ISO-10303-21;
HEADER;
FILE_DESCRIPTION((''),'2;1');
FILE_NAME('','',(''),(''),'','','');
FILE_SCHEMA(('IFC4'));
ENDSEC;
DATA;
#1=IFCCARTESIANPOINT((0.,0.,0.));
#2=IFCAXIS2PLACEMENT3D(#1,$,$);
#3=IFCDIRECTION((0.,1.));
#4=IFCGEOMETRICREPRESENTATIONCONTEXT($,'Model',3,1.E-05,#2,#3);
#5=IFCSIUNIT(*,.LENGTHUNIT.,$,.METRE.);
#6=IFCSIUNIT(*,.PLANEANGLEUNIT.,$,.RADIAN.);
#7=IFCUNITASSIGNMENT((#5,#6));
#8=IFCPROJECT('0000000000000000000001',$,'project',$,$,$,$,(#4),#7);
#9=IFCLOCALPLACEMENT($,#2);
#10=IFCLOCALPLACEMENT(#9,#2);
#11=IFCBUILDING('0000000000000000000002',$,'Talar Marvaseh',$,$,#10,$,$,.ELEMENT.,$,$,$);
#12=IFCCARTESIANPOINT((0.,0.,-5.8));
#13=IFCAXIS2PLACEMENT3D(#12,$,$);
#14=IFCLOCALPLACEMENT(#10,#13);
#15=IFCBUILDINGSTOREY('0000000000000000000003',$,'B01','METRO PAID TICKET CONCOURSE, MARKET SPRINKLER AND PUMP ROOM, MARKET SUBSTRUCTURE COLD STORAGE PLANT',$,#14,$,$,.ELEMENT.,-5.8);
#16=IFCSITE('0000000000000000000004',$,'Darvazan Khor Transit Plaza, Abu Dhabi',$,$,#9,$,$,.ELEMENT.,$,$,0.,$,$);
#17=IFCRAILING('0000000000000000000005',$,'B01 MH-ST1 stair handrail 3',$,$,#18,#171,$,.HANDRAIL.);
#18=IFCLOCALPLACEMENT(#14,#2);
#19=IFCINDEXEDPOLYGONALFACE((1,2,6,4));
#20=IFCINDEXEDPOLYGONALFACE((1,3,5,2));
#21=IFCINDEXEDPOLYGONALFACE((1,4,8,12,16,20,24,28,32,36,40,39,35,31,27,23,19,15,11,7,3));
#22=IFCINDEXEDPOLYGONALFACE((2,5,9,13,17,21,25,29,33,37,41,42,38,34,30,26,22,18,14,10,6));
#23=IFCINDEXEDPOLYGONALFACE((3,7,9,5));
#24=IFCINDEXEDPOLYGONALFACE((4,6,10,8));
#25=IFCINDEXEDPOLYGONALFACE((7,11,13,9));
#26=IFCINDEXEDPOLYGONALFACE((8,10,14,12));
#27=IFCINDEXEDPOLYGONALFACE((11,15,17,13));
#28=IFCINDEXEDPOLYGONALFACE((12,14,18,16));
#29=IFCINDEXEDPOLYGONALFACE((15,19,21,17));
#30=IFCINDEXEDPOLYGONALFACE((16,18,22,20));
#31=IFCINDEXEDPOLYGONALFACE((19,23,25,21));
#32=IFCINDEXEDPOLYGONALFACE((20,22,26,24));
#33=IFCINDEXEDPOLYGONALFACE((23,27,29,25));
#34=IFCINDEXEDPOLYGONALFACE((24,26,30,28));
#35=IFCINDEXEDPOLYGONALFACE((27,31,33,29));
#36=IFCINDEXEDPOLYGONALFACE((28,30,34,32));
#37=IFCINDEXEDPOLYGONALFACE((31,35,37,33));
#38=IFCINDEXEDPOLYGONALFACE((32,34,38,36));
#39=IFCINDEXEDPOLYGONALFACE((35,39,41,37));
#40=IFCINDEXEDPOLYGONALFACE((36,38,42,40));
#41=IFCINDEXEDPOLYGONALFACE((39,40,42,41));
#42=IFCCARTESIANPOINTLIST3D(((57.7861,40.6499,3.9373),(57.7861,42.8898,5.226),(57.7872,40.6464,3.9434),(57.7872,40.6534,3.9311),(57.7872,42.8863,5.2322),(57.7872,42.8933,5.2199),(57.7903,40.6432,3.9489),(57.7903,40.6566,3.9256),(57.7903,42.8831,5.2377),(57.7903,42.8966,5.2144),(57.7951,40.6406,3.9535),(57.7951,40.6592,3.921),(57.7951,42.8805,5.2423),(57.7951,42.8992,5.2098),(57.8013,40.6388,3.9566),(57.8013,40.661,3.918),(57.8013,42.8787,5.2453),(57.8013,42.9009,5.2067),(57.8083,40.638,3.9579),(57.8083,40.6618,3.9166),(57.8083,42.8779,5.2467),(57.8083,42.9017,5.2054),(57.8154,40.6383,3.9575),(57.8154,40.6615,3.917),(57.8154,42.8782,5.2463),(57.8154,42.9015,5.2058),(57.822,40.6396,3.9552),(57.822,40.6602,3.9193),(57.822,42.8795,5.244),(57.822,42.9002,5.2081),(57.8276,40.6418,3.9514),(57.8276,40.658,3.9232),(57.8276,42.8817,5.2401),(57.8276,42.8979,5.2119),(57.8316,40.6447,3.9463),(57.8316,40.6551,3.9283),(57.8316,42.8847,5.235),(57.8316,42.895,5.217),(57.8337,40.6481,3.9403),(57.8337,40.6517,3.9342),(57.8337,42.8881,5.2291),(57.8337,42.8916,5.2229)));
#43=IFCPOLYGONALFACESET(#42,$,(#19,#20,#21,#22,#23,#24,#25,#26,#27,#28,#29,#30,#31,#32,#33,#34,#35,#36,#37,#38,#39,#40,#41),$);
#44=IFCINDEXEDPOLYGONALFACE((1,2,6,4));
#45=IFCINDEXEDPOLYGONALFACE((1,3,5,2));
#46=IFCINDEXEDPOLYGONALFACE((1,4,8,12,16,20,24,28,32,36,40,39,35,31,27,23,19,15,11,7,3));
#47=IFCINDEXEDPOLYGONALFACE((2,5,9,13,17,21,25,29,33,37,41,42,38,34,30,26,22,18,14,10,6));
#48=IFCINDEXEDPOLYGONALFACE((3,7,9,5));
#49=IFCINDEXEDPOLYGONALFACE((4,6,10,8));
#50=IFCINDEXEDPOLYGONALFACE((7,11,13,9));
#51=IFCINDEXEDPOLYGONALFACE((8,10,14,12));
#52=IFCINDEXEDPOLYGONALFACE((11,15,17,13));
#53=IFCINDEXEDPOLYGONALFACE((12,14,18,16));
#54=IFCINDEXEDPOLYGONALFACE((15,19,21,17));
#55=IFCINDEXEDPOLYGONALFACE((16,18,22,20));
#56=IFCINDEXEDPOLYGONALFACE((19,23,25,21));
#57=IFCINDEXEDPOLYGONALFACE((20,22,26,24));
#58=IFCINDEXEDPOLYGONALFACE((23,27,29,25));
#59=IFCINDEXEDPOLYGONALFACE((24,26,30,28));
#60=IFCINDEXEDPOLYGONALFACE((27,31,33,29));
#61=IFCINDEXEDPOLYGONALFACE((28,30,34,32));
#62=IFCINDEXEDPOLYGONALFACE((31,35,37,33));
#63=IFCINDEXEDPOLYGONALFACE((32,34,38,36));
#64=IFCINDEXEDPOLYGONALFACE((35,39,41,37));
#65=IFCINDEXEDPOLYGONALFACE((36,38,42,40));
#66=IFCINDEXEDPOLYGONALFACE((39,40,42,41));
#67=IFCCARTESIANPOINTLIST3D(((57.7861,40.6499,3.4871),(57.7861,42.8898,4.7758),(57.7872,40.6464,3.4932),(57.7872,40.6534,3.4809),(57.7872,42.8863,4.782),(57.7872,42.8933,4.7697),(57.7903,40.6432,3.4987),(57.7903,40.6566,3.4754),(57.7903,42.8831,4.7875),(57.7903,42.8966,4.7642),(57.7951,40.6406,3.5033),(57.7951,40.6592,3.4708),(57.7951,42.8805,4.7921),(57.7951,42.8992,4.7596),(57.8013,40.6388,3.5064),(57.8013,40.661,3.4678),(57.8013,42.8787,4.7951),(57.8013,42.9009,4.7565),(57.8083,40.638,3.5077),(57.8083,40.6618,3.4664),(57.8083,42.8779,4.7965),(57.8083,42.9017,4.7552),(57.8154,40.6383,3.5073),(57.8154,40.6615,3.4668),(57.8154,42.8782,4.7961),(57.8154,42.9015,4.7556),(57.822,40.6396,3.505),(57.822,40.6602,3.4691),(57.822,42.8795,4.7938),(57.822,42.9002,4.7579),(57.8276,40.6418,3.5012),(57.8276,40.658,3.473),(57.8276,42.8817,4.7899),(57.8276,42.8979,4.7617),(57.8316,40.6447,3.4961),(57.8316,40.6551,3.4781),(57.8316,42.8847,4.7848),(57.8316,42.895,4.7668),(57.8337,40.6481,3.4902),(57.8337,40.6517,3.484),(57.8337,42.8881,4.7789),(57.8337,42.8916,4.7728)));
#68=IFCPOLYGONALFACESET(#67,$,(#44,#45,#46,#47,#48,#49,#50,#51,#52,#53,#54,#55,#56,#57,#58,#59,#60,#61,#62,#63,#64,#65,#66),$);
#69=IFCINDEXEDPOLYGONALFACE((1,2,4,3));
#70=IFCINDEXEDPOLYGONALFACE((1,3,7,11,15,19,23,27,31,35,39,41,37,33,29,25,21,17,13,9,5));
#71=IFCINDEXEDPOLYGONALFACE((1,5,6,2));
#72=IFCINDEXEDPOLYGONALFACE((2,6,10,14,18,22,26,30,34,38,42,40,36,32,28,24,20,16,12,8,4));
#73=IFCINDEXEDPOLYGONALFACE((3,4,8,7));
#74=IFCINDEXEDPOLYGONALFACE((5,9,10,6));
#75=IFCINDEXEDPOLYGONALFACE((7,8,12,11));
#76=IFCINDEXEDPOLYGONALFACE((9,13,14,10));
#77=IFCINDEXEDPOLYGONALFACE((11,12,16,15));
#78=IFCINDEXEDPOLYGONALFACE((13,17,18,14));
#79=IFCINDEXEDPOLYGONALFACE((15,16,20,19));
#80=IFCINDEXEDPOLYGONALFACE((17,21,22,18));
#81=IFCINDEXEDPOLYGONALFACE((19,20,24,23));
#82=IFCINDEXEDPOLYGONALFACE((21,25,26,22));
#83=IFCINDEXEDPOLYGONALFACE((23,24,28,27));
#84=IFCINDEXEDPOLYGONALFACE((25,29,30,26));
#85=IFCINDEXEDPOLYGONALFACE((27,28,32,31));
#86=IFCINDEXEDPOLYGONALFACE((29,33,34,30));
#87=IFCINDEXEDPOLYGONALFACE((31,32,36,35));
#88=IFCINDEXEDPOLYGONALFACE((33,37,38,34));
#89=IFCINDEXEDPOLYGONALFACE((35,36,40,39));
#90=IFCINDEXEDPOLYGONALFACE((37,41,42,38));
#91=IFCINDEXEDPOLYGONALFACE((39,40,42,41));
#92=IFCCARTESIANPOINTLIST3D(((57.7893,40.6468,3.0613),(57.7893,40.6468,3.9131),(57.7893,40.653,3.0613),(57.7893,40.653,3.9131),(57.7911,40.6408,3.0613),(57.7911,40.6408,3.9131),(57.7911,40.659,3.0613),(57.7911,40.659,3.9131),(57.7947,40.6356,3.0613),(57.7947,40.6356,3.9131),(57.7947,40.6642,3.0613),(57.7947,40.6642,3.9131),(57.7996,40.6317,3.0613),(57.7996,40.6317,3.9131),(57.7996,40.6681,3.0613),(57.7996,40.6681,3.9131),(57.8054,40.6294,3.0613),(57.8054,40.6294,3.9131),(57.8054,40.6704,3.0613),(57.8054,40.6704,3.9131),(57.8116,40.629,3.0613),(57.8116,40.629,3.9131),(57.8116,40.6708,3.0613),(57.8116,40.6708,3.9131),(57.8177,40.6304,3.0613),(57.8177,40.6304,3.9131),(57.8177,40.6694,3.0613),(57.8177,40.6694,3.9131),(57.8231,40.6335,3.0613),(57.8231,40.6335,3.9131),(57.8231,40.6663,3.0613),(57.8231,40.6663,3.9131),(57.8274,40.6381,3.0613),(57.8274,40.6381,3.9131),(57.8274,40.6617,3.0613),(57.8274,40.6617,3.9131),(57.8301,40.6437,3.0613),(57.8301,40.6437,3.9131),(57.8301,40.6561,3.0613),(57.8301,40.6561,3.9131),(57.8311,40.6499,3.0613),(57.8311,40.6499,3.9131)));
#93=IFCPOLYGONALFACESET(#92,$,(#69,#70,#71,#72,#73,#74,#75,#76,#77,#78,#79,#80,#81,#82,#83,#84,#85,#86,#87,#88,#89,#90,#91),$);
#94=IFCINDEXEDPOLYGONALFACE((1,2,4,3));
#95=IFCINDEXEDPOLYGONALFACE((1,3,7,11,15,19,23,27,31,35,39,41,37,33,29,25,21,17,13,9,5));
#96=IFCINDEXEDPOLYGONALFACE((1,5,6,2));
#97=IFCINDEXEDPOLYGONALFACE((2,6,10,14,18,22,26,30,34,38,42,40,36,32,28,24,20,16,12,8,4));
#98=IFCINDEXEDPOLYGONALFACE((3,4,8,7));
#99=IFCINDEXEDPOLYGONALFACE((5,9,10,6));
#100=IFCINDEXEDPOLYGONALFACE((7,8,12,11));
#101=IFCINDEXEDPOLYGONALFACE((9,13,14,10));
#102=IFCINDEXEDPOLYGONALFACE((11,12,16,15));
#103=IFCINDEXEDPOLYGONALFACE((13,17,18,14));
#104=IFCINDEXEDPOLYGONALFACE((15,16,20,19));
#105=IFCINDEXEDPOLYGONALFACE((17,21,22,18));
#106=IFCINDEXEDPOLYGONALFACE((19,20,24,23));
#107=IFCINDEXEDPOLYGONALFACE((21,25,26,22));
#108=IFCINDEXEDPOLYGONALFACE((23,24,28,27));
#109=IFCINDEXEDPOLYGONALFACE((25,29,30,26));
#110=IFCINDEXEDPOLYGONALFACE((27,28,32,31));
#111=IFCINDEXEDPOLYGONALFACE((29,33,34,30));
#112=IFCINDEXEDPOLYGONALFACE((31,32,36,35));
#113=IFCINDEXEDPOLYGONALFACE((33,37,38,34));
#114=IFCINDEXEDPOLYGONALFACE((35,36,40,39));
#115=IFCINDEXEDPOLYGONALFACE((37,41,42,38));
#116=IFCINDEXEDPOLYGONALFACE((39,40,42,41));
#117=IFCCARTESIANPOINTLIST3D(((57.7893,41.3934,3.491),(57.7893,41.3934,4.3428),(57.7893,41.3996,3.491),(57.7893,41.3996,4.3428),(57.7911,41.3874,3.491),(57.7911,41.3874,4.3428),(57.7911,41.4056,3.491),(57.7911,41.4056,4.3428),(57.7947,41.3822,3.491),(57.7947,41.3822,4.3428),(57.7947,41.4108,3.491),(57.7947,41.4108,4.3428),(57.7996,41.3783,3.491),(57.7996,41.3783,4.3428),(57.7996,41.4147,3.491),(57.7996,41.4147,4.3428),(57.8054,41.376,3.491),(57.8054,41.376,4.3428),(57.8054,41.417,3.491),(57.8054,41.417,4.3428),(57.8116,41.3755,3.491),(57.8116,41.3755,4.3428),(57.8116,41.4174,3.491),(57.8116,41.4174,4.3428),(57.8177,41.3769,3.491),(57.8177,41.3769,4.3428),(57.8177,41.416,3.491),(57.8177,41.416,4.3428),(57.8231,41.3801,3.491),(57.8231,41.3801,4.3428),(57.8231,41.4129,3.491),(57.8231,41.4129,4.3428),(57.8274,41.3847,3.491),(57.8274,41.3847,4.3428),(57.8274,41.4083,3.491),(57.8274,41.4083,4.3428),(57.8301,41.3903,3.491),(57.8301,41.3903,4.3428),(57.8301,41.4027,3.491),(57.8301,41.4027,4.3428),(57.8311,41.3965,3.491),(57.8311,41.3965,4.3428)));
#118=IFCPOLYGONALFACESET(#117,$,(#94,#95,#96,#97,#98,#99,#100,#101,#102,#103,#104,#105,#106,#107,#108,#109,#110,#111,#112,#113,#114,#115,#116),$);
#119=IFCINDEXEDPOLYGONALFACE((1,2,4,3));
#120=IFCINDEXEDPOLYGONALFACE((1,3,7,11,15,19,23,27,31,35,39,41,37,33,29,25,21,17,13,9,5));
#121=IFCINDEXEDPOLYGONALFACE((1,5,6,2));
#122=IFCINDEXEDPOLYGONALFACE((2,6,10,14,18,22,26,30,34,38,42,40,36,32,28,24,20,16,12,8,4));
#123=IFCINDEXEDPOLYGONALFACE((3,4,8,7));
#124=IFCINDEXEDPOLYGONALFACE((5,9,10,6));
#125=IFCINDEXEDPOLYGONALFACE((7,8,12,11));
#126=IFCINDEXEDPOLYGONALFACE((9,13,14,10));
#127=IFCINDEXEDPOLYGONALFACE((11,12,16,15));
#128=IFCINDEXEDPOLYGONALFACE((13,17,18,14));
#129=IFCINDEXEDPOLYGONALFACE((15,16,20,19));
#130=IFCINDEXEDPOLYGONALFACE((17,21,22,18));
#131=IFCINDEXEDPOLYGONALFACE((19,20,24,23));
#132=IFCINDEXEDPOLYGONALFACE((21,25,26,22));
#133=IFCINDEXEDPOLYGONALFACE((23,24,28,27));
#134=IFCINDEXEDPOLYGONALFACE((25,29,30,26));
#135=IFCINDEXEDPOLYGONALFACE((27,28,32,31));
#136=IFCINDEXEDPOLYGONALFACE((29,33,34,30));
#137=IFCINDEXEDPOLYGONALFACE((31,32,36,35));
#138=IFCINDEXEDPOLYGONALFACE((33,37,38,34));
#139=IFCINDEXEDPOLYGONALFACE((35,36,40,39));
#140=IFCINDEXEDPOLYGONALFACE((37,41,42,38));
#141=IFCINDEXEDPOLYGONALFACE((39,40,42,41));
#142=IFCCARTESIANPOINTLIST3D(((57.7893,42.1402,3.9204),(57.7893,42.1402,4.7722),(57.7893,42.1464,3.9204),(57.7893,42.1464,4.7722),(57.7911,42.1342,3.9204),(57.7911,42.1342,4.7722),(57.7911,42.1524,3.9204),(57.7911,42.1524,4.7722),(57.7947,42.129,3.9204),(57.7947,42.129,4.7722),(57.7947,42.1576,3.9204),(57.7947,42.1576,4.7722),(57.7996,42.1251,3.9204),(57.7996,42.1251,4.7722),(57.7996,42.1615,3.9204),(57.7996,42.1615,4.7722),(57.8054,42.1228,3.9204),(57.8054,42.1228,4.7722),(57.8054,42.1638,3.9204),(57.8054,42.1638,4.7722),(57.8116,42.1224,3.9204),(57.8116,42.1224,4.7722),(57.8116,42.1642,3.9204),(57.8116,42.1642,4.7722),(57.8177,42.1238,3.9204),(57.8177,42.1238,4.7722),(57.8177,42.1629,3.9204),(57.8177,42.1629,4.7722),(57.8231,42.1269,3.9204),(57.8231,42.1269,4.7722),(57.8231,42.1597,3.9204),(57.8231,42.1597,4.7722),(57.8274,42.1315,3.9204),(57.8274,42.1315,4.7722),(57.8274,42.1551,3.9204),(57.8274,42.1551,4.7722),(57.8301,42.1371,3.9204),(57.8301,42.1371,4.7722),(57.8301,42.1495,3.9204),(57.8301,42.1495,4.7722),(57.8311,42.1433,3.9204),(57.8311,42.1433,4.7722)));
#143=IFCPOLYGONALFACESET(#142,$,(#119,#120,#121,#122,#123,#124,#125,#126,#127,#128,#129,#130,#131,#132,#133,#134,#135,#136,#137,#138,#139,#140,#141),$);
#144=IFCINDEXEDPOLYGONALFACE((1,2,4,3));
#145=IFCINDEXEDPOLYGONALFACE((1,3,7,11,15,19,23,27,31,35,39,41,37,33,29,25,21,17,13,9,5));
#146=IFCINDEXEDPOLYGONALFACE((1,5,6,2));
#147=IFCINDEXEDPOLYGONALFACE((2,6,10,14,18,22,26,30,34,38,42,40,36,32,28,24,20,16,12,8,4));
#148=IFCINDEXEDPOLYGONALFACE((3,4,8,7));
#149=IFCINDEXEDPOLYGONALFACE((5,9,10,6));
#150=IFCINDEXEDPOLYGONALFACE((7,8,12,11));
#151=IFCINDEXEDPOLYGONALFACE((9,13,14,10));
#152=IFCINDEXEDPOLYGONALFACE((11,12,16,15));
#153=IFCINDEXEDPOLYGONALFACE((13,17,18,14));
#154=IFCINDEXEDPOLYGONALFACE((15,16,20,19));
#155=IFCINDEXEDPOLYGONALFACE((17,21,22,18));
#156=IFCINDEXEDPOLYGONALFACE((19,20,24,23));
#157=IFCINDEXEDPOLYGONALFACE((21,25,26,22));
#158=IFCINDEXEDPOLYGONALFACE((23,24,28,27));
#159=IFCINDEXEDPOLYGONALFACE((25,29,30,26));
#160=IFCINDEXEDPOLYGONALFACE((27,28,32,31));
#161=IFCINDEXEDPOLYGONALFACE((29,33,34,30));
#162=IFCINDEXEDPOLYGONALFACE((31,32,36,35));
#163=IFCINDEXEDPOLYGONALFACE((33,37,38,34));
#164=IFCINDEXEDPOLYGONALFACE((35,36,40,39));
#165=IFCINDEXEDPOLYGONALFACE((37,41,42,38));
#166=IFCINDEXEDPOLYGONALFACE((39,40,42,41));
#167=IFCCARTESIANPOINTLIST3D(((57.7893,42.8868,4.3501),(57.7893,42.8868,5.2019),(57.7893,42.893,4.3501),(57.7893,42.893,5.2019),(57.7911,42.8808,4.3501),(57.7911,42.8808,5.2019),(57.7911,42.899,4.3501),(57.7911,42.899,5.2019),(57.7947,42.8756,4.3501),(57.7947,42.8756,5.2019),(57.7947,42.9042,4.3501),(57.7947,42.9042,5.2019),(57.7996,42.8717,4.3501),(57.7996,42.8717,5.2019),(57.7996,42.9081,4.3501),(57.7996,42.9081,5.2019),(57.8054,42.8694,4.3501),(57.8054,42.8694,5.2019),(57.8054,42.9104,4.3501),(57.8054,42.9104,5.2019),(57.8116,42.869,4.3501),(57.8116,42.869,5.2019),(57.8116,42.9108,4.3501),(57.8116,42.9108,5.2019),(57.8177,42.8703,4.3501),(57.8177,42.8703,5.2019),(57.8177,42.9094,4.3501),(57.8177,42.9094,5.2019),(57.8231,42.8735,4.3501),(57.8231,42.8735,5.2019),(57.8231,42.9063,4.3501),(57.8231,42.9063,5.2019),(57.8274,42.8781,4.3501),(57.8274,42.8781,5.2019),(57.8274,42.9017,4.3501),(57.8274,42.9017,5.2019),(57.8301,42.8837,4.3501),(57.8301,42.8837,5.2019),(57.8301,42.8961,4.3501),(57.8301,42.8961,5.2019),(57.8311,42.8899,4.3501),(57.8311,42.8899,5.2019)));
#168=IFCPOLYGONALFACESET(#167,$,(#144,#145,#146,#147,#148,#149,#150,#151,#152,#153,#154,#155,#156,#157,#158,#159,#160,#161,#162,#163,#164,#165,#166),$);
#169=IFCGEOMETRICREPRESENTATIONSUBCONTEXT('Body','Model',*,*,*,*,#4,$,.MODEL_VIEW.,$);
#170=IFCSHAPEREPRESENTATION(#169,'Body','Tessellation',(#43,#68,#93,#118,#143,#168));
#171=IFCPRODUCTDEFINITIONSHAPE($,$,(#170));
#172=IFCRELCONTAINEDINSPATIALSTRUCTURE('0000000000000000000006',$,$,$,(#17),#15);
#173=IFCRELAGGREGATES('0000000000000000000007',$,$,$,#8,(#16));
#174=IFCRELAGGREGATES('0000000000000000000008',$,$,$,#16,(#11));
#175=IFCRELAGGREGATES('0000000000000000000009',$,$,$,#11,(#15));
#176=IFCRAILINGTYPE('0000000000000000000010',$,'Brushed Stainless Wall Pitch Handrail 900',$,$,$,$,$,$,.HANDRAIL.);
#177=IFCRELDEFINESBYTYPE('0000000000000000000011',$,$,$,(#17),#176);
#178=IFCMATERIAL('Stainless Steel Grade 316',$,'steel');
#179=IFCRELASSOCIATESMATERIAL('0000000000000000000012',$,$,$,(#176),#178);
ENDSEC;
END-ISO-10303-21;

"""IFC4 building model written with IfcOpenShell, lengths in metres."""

from ifc_helpers import new_model, si_unit, direction, frame, origin, origin_2d, place, context, subcontext, project, spatial, circle, extrude, material, type_object, element, save


model = new_model("IFC4")

# Units and contexts
model_context = context("Model", 3, precision=1e-05, world=origin(), true_north=direction((0.0, 1.0)))
body_context = subcontext(model_context, "Body", "Model", "MODEL_VIEW")
ifc_project = project(units=[si_unit("LENGTHUNIT", "METRE"), si_unit("PLANEANGLEUNIT", "RADIAN")], contexts=[model_context])

# Site, building, storey
site_placement = place(None, origin())
site = spatial("IfcSite", under=ifc_project, at=site_placement, Name="Darvazan Khor Transit Plaza, Abu Dhabi", CompositionType="ELEMENT", RefElevation=0.0)
building_placement = place(site_placement, origin())
building = spatial("IfcBuilding", under=site, at=building_placement, Name="Talar Marvaseh", CompositionType="ELEMENT")
storey_placement = place(building_placement, frame((0.0, 0.0, -5.8)))
storey = spatial("IfcBuildingStorey", under=building, at=storey_placement, Name="B01", Description="METRO PAID TICKET CONCOURSE, MARKET SPRINKLER AND PUMP ROOM, MARKET SUBSTRUCTURE COLD STORAGE PLANT", CompositionType="ELEMENT", Elevation=-5.8)

# Railing
ifc_material_1 = material(Name="Stainless Steel Grade 316", Category="steel")
railing_type_1 = type_object("IfcRailingType", Name="Brushed Stainless Wall Pitch Handrail 900", PredefinedType="HANDRAIL", material=ifc_material_1)
for number, where, name in (
    (1, (57.8101, 40.6499, 3.0613), "B01 MH-ST1 stair handrail 3"),
):
    element("IfcRailing", number, at=place(storey_placement, frame(where)), inside=storey, type_object=railing_type_1, Name=name, PredefinedType="HANDRAIL", context=body_context, shape_type="SweptSolid", body=[
        extrude(circle(Radius=0.0239, at=origin_2d()), frame((0.0, 0.0, 0.876), z_axis=(0.0, 0.866768, 0.498711), x_axis=(-1.0, 0.0, 0.0)), (0.0, 0.0, 1.0), 2.5842),
        extrude(circle(Radius=0.0239, at=origin_2d()), frame((0.0, 0.0, 0.4258), z_axis=(0.0, 0.866768, 0.498711), x_axis=(-1.0, 0.0, 0.0)), (0.0, 0.0, 1.0), 2.5842),
        extrude(circle(Radius=0.021, at=origin_2d()), origin(), (0.0, 0.0, 1.0), 0.8518),
        extrude(circle(Radius=0.021, at=origin_2d()), frame((0.0, 0.7466, 0.4297)), (0.0, 0.0, 1.0), 0.8518),
        extrude(circle(Radius=0.021, at=origin_2d()), frame((0.0, 1.4934, 0.8591)), (0.0, 0.0, 1.0), 0.8518),
        extrude(circle(Radius=0.021, at=origin_2d()), frame((0.0, 2.24, 1.2888)), (0.0, 0.0, 1.0), 0.8518),
    ])

save(model, "model.ifc")
